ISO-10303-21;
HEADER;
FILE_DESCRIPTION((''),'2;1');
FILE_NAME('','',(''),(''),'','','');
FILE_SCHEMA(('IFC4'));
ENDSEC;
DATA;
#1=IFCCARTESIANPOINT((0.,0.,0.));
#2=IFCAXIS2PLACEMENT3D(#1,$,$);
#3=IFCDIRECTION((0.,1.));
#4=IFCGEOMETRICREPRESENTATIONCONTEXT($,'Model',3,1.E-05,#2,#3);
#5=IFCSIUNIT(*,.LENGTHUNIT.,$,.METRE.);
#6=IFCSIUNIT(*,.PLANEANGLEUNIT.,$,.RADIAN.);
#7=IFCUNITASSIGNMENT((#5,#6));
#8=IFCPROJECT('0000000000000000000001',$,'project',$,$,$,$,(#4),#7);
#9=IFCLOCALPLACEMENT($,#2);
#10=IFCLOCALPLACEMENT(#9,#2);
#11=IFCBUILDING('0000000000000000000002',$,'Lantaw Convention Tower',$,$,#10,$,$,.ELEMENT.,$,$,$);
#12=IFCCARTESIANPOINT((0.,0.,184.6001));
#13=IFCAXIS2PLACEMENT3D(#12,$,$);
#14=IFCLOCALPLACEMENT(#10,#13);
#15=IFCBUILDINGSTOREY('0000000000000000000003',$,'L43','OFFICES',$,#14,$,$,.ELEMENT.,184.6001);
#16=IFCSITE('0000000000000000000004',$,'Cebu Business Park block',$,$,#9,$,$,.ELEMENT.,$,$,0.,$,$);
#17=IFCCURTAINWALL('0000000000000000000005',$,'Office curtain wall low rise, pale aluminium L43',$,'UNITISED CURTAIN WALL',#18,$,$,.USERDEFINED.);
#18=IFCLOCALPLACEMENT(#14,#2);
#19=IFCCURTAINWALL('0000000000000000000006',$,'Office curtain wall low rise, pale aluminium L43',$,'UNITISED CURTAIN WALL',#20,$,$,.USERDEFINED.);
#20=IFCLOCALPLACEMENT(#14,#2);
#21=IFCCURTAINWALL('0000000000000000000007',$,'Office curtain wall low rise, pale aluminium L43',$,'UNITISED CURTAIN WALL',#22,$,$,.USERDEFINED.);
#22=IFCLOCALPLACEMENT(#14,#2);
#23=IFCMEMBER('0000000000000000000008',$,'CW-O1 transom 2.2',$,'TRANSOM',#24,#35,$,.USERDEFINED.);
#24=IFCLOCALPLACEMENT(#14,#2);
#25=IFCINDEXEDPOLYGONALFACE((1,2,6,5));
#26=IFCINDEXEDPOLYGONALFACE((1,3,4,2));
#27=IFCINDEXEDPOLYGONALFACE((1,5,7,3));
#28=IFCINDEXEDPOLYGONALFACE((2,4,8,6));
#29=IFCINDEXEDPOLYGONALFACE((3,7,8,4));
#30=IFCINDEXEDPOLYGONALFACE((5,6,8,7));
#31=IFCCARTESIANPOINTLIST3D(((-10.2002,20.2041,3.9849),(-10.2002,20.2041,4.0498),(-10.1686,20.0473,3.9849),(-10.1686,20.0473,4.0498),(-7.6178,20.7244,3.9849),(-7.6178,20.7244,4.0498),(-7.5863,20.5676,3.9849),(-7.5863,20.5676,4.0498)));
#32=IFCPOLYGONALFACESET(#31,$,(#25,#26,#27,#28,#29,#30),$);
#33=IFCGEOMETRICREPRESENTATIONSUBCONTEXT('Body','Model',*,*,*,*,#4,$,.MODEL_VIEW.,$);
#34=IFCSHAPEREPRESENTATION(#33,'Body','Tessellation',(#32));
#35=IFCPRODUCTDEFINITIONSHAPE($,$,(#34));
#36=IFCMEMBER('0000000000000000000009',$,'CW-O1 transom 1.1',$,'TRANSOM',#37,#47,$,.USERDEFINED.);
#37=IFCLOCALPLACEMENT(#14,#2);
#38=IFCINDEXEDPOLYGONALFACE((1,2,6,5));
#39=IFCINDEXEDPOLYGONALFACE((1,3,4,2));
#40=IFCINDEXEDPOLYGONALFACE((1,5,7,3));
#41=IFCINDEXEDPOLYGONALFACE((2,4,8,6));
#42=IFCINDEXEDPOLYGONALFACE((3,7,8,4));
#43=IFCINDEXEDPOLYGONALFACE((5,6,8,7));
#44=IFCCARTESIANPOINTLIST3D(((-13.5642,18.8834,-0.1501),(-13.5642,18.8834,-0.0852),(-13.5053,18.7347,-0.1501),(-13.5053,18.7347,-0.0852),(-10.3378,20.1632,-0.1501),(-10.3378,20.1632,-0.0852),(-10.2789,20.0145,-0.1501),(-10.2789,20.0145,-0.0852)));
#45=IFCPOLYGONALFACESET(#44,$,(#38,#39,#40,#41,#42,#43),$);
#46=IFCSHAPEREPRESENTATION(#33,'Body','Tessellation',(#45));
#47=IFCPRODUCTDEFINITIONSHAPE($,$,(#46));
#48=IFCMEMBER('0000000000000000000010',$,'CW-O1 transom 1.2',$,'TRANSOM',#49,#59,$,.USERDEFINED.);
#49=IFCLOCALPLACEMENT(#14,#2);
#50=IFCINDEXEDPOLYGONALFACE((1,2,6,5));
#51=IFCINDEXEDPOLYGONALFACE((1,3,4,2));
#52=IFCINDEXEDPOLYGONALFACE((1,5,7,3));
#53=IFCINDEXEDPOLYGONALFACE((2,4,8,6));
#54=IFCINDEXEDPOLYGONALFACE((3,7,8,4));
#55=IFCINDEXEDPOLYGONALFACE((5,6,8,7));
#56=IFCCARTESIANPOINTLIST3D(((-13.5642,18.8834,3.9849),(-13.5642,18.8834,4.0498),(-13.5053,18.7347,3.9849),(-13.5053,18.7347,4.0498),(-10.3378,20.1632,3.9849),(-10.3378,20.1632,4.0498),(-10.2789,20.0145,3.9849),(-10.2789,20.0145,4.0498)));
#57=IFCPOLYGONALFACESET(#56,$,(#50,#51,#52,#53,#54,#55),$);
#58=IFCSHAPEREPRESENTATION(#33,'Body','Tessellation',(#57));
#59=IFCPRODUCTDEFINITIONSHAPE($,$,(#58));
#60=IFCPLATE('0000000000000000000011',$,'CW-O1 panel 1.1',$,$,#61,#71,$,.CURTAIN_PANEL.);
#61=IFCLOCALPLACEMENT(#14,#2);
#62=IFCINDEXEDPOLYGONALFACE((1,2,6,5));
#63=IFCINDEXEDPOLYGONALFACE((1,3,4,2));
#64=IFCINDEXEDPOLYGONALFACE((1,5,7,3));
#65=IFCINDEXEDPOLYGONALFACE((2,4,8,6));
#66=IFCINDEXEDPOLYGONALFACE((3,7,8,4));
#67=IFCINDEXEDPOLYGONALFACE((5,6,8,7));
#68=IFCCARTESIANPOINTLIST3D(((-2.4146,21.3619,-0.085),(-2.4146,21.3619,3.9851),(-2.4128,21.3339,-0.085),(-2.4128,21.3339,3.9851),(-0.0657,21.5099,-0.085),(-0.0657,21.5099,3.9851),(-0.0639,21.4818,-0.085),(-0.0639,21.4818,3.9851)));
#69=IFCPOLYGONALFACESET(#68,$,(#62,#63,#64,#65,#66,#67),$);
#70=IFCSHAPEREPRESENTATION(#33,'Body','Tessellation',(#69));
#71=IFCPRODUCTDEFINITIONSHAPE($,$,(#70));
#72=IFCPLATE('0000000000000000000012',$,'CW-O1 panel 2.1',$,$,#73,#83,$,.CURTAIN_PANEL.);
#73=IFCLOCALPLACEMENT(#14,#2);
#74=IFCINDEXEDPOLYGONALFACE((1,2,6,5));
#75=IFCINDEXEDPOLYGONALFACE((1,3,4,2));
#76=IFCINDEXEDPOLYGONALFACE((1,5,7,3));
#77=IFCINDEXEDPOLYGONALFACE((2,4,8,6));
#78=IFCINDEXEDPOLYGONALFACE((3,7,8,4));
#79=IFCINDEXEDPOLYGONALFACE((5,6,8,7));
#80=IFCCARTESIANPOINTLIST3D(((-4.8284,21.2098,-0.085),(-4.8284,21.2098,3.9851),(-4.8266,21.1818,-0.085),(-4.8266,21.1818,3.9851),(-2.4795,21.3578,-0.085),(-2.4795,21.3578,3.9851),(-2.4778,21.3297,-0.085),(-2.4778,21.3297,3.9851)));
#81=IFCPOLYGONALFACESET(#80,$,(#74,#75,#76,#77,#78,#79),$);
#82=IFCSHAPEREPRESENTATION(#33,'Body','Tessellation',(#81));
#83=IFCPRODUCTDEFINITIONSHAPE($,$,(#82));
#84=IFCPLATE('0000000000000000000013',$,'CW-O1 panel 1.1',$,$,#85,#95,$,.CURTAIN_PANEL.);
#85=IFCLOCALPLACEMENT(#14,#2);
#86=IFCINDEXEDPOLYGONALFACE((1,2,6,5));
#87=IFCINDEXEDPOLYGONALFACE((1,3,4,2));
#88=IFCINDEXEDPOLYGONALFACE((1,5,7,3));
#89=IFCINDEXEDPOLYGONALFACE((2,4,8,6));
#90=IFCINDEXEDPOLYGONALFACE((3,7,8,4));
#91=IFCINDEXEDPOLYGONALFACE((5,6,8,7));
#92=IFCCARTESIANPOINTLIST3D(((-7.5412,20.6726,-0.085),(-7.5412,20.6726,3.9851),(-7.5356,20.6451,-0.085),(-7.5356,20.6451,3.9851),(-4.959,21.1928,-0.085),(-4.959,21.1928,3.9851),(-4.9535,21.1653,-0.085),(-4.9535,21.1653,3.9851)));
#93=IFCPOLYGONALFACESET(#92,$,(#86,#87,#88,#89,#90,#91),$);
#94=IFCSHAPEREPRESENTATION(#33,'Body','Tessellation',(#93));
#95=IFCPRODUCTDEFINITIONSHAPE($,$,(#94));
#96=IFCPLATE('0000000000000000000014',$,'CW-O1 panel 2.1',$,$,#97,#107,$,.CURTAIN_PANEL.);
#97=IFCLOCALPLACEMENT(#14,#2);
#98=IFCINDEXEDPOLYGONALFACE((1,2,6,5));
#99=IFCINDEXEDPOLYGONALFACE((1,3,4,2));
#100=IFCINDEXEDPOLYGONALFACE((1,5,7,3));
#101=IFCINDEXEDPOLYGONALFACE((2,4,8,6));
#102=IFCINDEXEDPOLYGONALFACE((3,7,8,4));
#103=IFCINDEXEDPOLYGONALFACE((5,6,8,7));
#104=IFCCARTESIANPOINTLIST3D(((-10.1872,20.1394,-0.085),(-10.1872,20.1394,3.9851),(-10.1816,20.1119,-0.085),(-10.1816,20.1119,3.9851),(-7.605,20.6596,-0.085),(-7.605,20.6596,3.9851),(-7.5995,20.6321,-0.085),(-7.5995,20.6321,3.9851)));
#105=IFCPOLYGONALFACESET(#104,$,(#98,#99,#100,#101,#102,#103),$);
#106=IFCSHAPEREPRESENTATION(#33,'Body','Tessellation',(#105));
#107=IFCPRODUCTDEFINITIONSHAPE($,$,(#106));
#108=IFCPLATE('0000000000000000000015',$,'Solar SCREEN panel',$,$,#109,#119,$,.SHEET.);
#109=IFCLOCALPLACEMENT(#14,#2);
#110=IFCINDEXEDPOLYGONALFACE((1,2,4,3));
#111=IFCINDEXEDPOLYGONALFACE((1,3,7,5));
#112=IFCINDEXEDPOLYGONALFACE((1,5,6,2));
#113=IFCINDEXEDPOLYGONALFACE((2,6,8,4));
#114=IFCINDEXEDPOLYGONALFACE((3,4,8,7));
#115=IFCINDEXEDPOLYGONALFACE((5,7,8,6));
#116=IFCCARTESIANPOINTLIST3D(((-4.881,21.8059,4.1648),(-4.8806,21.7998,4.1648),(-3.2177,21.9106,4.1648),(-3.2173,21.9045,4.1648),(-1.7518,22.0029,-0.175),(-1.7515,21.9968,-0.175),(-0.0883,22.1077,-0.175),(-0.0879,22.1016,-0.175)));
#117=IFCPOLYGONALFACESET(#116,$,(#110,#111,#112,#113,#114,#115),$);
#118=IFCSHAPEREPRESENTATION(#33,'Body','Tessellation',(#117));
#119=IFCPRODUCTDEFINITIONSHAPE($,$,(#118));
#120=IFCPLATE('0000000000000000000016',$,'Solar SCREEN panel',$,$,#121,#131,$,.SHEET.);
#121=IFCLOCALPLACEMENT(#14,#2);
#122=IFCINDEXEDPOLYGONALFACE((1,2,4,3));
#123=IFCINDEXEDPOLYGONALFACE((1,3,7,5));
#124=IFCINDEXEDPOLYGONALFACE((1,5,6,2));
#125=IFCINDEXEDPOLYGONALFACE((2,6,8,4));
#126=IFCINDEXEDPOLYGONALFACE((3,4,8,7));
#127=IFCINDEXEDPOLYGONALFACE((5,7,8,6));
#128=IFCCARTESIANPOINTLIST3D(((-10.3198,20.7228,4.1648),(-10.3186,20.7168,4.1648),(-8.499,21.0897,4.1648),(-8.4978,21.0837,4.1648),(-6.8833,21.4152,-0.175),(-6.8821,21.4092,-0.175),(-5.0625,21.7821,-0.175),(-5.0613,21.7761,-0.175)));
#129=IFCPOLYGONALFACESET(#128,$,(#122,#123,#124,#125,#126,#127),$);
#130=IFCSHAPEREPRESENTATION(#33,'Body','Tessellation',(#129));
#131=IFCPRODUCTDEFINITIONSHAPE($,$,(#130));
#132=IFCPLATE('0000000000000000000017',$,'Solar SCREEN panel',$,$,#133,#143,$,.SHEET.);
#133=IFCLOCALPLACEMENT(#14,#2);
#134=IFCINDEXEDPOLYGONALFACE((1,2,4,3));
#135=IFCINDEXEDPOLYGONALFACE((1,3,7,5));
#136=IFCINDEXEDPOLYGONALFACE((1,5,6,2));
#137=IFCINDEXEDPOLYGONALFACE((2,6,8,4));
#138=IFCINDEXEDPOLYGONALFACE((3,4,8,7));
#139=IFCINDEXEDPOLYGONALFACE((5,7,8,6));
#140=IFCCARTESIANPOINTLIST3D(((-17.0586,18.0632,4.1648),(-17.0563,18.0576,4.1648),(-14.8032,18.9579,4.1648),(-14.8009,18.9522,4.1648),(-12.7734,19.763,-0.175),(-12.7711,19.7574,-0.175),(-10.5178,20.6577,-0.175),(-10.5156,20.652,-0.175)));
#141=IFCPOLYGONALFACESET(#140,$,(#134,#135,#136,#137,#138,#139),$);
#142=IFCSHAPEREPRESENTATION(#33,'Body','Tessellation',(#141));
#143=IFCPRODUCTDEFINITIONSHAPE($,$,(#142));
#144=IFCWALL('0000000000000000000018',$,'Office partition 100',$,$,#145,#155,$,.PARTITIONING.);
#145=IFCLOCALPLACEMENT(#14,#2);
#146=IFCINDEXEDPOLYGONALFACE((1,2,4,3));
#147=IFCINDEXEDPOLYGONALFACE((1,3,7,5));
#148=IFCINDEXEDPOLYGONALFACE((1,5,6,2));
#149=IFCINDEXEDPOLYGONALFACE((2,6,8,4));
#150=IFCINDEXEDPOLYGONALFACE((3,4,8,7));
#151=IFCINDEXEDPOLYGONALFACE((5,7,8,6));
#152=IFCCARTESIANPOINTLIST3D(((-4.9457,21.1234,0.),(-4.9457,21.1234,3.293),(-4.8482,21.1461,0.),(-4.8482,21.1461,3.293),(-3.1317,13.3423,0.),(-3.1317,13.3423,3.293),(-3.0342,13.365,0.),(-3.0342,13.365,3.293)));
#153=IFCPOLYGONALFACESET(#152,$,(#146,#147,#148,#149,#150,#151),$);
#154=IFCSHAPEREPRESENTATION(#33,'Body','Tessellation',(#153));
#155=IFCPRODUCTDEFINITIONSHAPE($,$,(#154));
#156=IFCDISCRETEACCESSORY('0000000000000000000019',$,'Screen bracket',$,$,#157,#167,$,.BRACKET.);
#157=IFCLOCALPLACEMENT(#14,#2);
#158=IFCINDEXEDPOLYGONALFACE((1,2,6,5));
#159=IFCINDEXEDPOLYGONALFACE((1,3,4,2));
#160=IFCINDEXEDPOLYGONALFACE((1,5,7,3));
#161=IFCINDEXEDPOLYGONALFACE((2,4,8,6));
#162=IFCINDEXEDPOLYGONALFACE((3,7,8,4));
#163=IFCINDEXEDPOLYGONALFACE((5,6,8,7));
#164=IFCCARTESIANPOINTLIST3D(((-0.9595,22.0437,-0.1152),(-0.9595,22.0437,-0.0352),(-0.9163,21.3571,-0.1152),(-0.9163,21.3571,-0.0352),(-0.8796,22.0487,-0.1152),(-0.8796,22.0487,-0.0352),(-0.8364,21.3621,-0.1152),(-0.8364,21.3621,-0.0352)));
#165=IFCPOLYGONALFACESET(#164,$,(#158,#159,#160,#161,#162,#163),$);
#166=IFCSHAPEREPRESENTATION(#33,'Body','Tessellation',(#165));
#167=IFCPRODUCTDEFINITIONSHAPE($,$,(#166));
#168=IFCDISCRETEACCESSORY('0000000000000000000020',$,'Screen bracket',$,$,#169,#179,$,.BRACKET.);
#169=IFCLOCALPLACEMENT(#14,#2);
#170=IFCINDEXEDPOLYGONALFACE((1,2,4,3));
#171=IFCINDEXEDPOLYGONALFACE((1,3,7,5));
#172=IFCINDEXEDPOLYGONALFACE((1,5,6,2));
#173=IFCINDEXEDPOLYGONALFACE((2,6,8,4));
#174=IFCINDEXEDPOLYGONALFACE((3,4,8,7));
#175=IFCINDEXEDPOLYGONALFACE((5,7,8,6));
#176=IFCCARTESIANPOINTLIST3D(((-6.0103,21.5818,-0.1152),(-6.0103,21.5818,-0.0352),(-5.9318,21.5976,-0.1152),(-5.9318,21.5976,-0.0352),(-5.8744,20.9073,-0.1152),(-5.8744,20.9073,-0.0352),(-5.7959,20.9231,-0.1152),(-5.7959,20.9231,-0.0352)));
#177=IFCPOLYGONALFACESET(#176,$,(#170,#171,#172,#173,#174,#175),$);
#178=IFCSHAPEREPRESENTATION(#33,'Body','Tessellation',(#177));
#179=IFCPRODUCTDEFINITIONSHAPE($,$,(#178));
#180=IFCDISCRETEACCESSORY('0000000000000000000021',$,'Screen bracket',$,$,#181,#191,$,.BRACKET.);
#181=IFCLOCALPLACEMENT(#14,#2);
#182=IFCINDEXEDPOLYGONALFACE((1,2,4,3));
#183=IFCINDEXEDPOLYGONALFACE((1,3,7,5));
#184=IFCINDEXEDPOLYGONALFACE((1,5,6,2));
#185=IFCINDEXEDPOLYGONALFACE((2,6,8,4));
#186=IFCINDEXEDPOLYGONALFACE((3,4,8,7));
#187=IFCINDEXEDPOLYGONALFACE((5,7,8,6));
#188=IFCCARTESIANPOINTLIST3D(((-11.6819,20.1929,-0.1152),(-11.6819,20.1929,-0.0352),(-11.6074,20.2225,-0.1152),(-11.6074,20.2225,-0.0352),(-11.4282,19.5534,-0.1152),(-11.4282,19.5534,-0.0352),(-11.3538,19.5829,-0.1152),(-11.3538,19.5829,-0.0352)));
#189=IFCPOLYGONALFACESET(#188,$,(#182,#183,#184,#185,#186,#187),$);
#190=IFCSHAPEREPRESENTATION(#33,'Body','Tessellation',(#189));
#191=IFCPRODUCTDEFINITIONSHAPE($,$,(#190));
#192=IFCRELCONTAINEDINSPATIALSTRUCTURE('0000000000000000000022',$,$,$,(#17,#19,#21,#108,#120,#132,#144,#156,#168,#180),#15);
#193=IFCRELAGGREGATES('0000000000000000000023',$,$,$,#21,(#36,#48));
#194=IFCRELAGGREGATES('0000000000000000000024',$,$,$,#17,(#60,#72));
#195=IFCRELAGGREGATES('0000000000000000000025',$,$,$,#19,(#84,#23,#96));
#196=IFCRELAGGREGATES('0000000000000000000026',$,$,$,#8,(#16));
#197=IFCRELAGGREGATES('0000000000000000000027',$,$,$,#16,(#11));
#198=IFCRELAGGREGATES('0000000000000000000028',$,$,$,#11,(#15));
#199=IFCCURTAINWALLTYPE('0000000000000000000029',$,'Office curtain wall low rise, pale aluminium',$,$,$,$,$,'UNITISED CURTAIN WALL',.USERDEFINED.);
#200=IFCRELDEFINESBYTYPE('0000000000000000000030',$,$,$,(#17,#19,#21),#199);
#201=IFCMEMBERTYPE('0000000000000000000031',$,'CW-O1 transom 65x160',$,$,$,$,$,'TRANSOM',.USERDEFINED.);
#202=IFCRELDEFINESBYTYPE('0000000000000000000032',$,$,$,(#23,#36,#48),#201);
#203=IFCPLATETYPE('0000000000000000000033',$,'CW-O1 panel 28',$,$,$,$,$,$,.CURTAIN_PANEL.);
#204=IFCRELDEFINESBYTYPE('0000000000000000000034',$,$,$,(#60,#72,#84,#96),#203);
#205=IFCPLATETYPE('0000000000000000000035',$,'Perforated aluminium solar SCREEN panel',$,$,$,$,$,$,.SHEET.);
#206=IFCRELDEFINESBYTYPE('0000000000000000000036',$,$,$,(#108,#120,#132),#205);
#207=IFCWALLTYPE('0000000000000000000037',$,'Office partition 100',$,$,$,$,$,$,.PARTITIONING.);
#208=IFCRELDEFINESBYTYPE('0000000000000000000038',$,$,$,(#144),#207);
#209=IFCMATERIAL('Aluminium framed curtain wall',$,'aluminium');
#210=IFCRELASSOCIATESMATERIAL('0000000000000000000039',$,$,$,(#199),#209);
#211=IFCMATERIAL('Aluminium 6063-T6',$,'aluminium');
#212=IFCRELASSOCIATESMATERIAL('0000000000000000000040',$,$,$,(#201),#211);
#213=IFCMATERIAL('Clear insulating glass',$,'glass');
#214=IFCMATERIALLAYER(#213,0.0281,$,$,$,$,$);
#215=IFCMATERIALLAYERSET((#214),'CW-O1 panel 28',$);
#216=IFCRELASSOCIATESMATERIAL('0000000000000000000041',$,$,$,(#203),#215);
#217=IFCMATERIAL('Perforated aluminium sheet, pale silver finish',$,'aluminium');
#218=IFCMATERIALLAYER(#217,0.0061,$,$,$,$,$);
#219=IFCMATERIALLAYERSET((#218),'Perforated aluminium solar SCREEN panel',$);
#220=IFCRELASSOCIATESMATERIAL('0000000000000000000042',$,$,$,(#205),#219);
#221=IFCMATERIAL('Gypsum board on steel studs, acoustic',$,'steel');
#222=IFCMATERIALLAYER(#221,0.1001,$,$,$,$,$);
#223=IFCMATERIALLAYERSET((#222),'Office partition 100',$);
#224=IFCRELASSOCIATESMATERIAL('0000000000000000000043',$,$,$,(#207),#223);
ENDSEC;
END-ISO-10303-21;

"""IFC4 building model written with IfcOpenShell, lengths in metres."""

from ifc_helpers import new_model, si_unit, direction, frame, frame_2d, origin, origin_2d, place, context, subcontext, project, spatial, polyline, rectangle, outline, extrude, material, layer, layer_set, material_profile, profile_set, type_object, element, aggregate, save


model = new_model("IFC4")

# Units and contexts
model_context = context("Model", 3, precision=1e-05, world=origin(), true_north=direction((0.0, 1.0)))
body_context = subcontext(model_context, "Body", "Model", "MODEL_VIEW")
ifc_project = project(units=[si_unit("LENGTHUNIT", "METRE"), si_unit("PLANEANGLEUNIT", "RADIAN")], contexts=[model_context])

# Site, building, storey
site_placement = place(None, origin())
site = spatial("IfcSite", under=ifc_project, at=site_placement, Name="Cebu Business Park block", CompositionType="ELEMENT", RefElevation=0.0)
building_placement = place(site_placement, origin())
building = spatial("IfcBuilding", under=site, at=building_placement, Name="Lantaw Convention Tower", CompositionType="ELEMENT")
storey_placement = place(building_placement, frame((0.0, 0.0, 184.6001)))
storey = spatial("IfcBuildingStorey", under=building, at=storey_placement, Name="L43", Description="OFFICES", CompositionType="ELEMENT", Elevation=184.6001)

# Curtain walls
ifc_material_1 = material(Name="Aluminium framed curtain wall", Category="aluminium")
curtain_wall_type = type_object("IfcCurtainWallType", Name="Office curtain wall low rise, pale aluminium", ElementType="UNITISED CURTAIN WALL", PredefinedType="USERDEFINED", material=ifc_material_1)
curtain_wall_1_placement = place(storey_placement, origin())
curtain_wall_1 = element("IfcCurtainWall", 1, at=curtain_wall_1_placement, inside=storey, type_object=curtain_wall_type, Name="Office curtain wall low rise, pale aluminium L43", ObjectType="UNITISED CURTAIN WALL", PredefinedType="USERDEFINED")
ifc_material_2 = material(Name="Aluminium 6063-T6", Category="aluminium")
curtain_wall_2_placement = place(storey_placement, origin())
curtain_wall_2 = element("IfcCurtainWall", 2, at=curtain_wall_2_placement, inside=storey, type_object=curtain_wall_type, Name="Office curtain wall low rise, pale aluminium L43", ObjectType="UNITISED CURTAIN WALL", PredefinedType="USERDEFINED")

# Curtain wall
curtain_wall_3_placement = place(storey_placement, origin())
curtain_wall_3 = element("IfcCurtainWall", 3, at=curtain_wall_3_placement, inside=storey, type_object=curtain_wall_type, Name="Office curtain wall low rise, pale aluminium L43", ObjectType="UNITISED CURTAIN WALL", PredefinedType="USERDEFINED")

# Members
ifc_material_profile_1 = material_profile(ifc_material_2, rectangle(XDim=0.1599, YDim=0.0649, at=origin_2d()), Name="CW-O1 transom 65x160")
ifc_profile_set_1 = profile_set([ifc_material_profile_1], Name="Aluminium 6063-T6")
member_type_1 = type_object("IfcMemberType", Name="CW-O1 transom 65x160", ElementType="TRANSOM", PredefinedType="USERDEFINED", material=ifc_profile_set_1)
member_1_placement = place(storey_placement, frame((-7.6021, 20.646, 4.0173), z_axis=(-0.980302, -0.197506, 0.0), x_axis=(0.197506, -0.980302, 0.0)))
member_1 = element("IfcMember", 4, at=member_1_placement, type_object=member_type_1, Name="CW-O1 transom 2.2", ObjectType="TRANSOM", PredefinedType="USERDEFINED", context=body_context, shape_type="SweptSolid", body=[
    extrude(rectangle(XDim=0.1599, YDim=0.0649, at=origin_2d()), origin(), (0.0, 0.0, 1.0), 2.6343),
])
member_2_placement = place(storey_placement, frame((-10.3083, 20.0889, -0.1177), z_axis=(-0.92954, -0.368721, 0.0), x_axis=(0.368721, -0.92954, 0.0)))
member_2 = element("IfcMember", 5, at=member_2_placement, type_object=member_type_1, Name="CW-O1 transom 1.1", ObjectType="TRANSOM", PredefinedType="USERDEFINED", context=body_context, shape_type="SweptSolid", body=[
    extrude(rectangle(XDim=0.1599, YDim=0.0649, at=origin_2d()), origin(), (0.0, 0.0, 1.0), 3.4709),
])
member_3_placement = place(storey_placement, frame((-10.3083, 20.0889, 4.0173), z_axis=(-0.92954, -0.368721, 0.0), x_axis=(0.368721, -0.92954, 0.0)))
member_3 = element("IfcMember", 6, at=member_3_placement, type_object=member_type_1, Name="CW-O1 transom 1.2", ObjectType="TRANSOM", PredefinedType="USERDEFINED", context=body_context, shape_type="SweptSolid", body=[
    extrude(rectangle(XDim=0.1599, YDim=0.0649, at=origin_2d()), origin(), (0.0, 0.0, 1.0), 3.4709),
])
aggregate(curtain_wall_3, [member_2, member_3])

# Plates
ifc_material_3 = material(Name="Clear insulating glass", Category="glass")
ifc_layer_1 = layer(ifc_material_3, 0.0281)
ifc_layer_set_1 = layer_set([ifc_layer_1], Name="CW-O1 panel 28")
plate_type_1 = type_object("IfcPlateType", Name="CW-O1 panel 28", PredefinedType="CURTAIN_PANEL", material=ifc_layer_set_1)
plate_1_placement = place(storey_placement, frame((-1.2393, 21.4219, -0.085), z_axis=(0.0, 0.0, 1.0), x_axis=(-0.998022, -0.062865, 0.0)))
plate_1 = element("IfcPlate", 7, at=plate_1_placement, type_object=plate_type_1, Name="CW-O1 panel 1.1", PredefinedType="CURTAIN_PANEL", context=body_context, shape_type="SweptSolid", body=[
    extrude(rectangle(XDim=2.3535, YDim=0.0281, at=origin_2d()), origin(), (0.0, 0.0, 1.0), 4.0701),
])
plate_2_placement = place(storey_placement, frame((-3.6531, 21.2698, -0.085), z_axis=(0.0, 0.0, 1.0), x_axis=(-0.998022, -0.062865, 0.0)))
plate_2 = element("IfcPlate", 8, at=plate_2_placement, type_object=plate_type_1, Name="CW-O1 panel 2.1", PredefinedType="CURTAIN_PANEL", context=body_context, shape_type="SweptSolid", body=[
    extrude(rectangle(XDim=2.3535, YDim=0.0281, at=origin_2d()), origin(), (0.0, 0.0, 1.0), 4.0701),
])
aggregate(curtain_wall_1, [plate_1, plate_2])
plate_3_placement = place(storey_placement, frame((-6.2473, 20.9189, -0.085), z_axis=(0.0, 0.0, 1.0), x_axis=(-0.980302, -0.197507, 0.0)))
plate_3 = element("IfcPlate", 9, at=plate_3_placement, type_object=plate_type_1, Name="CW-O1 panel 1.1", PredefinedType="CURTAIN_PANEL", context=body_context, shape_type="SweptSolid", body=[
    extrude(rectangle(XDim=2.634, YDim=0.0281, at=origin_2d()), origin(), (0.0, 0.0, 1.0), 4.0701),
])
plate_4_placement = place(storey_placement, frame((-8.8933, 20.3857, -0.085), z_axis=(0.0, 0.0, 1.0), x_axis=(-0.980302, -0.197507, 0.0)))
plate_4 = element("IfcPlate", 10, at=plate_4_placement, type_object=plate_type_1, Name="CW-O1 panel 2.1", PredefinedType="CURTAIN_PANEL", context=body_context, shape_type="SweptSolid", body=[
    extrude(rectangle(XDim=2.634, YDim=0.0281, at=origin_2d()), origin(), (0.0, 0.0, 1.0), 4.0701),
])
aggregate(curtain_wall_2, [plate_3, member_1, plate_4])

# Plates
ifc_material_4 = material(Name="Perforated aluminium sheet, pale silver finish", Category="aluminium")
ifc_layer_2 = layer(ifc_material_4, 0.0061)
ifc_layer_set_2 = layer_set([ifc_layer_2], Name="Perforated aluminium solar SCREEN panel")
plate_type_2 = type_object("IfcPlateType", Name="Perforated aluminium solar SCREEN panel", PredefinedType="SHEET", material=ifc_layer_set_2)
plate_5_placement = place(storey_placement, frame((-0.0879, 22.1016, -0.175), z_axis=(0.062839, -0.998024, 0.000002), x_axis=(-0.998024, -0.062839, 0.0)))
element("IfcPlate", 11, at=plate_5_placement, inside=storey, type_object=plate_type_2, Name="Solar SCREEN panel", PredefinedType="SHEET", context=body_context, shape_type="SweptSolid", body=[
    extrude(outline(polyline([(0.0, 0.0), (1.6669, 0.0), (4.8022, -4.3398), (3.1356, -4.3398), (0.0, 0.0)])), origin(), (0.0, 0.0, -1.0), 0.0061),
])
plate_6_placement = place(storey_placement, frame((-5.0613, 21.7761, -0.175), z_axis=(0.197557, -0.980291, 0.000039), x_axis=(-0.980291, -0.197557, 0.0)))
element("IfcPlate", 12, at=plate_6_placement, inside=storey, type_object=plate_type_2, Name="Solar SCREEN panel", PredefinedType="SHEET", context=body_context, shape_type="SweptSolid", body=[
    extrude(outline(polyline([(0.0, 0.0), (1.8574, 0.0), (5.363, -4.3398), (3.5056, -4.3398), (0.0, 0.0)])), origin(), (0.0, 0.0, -1.0), 0.0061),
])
plate_7_placement = place(storey_placement, frame((-10.5178, 20.6577, -0.175), z_axis=(-0.368709, 0.929545, 0.000011), x_axis=(-0.929545, -0.368709, 0.0)))
element("IfcPlate", 13, at=plate_7_placement, inside=storey, type_object=plate_type_2, Name="Solar SCREEN panel", PredefinedType="SHEET", context=body_context, shape_type="SweptSolid", body=[
    extrude(outline(polyline([(0.0, 0.0), (2.4265, 0.0), (7.0365, 4.3398), (4.6102, 4.3398), (0.0, 0.0)])), origin(), (0.0, 0.0, -1.0), 0.0061),
])

# Wall
ifc_material_5 = material(Name="Gypsum board on steel studs, acoustic", Category="steel")
ifc_layer_3 = layer(ifc_material_5, 0.1001)
ifc_layer_set_3 = layer_set([ifc_layer_3], Name="Office partition 100")
wall_type = type_object("IfcWallType", Name="Office partition 100", PredefinedType="PARTITIONING", material=ifc_layer_set_3)
wall_placement = place(storey_placement, frame((-4.897, 21.1348, 0.0), z_axis=(0.0, 0.0, 1.0), x_axis=(0.227039, -0.973886, 0.0)))
element("IfcWall", 14, at=wall_placement, inside=storey, type_object=wall_type, Name="Office partition 100", PredefinedType="PARTITIONING", context=body_context, shape_type="SweptSolid", body=[
    extrude(rectangle(XDim=7.9897, YDim=0.1001, at=frame_2d((3.9949, 0.0))), origin(), (0.0, 0.0, 1.0), 3.293),
])

# Discrete accessories
for number, where, z_axis, x_axis, name in (
    (15, (-0.8979, 21.7029, -0.1152), (0.0, 0.0, 1.0), (-0.998022, -0.062865, 0.0), "Screen bracket"),
    (16, (-5.9031, 21.2524, -0.1152), (0.0, 0.0, 1.0), (-0.980302, -0.197507, 0.0), "Screen bracket"),
    (17, (-11.5178, 19.8879, -0.1152), (0.0, 0.0, 1.0), (-0.929548, -0.368702, 0.0), "Screen bracket"),
):
    element("IfcDiscreteAccessory", number, at=place(storey_placement, frame(where, z_axis=z_axis, x_axis=x_axis)), inside=storey, Name=name, PredefinedType="BRACKET", context=body_context, shape_type="SweptSolid", body=[
        extrude(rectangle(XDim=0.0801, YDim=0.688, at=origin_2d()), origin(), (0.0, 0.0, 1.0), 0.0801),
    ])

save(model, "model.ifc")
